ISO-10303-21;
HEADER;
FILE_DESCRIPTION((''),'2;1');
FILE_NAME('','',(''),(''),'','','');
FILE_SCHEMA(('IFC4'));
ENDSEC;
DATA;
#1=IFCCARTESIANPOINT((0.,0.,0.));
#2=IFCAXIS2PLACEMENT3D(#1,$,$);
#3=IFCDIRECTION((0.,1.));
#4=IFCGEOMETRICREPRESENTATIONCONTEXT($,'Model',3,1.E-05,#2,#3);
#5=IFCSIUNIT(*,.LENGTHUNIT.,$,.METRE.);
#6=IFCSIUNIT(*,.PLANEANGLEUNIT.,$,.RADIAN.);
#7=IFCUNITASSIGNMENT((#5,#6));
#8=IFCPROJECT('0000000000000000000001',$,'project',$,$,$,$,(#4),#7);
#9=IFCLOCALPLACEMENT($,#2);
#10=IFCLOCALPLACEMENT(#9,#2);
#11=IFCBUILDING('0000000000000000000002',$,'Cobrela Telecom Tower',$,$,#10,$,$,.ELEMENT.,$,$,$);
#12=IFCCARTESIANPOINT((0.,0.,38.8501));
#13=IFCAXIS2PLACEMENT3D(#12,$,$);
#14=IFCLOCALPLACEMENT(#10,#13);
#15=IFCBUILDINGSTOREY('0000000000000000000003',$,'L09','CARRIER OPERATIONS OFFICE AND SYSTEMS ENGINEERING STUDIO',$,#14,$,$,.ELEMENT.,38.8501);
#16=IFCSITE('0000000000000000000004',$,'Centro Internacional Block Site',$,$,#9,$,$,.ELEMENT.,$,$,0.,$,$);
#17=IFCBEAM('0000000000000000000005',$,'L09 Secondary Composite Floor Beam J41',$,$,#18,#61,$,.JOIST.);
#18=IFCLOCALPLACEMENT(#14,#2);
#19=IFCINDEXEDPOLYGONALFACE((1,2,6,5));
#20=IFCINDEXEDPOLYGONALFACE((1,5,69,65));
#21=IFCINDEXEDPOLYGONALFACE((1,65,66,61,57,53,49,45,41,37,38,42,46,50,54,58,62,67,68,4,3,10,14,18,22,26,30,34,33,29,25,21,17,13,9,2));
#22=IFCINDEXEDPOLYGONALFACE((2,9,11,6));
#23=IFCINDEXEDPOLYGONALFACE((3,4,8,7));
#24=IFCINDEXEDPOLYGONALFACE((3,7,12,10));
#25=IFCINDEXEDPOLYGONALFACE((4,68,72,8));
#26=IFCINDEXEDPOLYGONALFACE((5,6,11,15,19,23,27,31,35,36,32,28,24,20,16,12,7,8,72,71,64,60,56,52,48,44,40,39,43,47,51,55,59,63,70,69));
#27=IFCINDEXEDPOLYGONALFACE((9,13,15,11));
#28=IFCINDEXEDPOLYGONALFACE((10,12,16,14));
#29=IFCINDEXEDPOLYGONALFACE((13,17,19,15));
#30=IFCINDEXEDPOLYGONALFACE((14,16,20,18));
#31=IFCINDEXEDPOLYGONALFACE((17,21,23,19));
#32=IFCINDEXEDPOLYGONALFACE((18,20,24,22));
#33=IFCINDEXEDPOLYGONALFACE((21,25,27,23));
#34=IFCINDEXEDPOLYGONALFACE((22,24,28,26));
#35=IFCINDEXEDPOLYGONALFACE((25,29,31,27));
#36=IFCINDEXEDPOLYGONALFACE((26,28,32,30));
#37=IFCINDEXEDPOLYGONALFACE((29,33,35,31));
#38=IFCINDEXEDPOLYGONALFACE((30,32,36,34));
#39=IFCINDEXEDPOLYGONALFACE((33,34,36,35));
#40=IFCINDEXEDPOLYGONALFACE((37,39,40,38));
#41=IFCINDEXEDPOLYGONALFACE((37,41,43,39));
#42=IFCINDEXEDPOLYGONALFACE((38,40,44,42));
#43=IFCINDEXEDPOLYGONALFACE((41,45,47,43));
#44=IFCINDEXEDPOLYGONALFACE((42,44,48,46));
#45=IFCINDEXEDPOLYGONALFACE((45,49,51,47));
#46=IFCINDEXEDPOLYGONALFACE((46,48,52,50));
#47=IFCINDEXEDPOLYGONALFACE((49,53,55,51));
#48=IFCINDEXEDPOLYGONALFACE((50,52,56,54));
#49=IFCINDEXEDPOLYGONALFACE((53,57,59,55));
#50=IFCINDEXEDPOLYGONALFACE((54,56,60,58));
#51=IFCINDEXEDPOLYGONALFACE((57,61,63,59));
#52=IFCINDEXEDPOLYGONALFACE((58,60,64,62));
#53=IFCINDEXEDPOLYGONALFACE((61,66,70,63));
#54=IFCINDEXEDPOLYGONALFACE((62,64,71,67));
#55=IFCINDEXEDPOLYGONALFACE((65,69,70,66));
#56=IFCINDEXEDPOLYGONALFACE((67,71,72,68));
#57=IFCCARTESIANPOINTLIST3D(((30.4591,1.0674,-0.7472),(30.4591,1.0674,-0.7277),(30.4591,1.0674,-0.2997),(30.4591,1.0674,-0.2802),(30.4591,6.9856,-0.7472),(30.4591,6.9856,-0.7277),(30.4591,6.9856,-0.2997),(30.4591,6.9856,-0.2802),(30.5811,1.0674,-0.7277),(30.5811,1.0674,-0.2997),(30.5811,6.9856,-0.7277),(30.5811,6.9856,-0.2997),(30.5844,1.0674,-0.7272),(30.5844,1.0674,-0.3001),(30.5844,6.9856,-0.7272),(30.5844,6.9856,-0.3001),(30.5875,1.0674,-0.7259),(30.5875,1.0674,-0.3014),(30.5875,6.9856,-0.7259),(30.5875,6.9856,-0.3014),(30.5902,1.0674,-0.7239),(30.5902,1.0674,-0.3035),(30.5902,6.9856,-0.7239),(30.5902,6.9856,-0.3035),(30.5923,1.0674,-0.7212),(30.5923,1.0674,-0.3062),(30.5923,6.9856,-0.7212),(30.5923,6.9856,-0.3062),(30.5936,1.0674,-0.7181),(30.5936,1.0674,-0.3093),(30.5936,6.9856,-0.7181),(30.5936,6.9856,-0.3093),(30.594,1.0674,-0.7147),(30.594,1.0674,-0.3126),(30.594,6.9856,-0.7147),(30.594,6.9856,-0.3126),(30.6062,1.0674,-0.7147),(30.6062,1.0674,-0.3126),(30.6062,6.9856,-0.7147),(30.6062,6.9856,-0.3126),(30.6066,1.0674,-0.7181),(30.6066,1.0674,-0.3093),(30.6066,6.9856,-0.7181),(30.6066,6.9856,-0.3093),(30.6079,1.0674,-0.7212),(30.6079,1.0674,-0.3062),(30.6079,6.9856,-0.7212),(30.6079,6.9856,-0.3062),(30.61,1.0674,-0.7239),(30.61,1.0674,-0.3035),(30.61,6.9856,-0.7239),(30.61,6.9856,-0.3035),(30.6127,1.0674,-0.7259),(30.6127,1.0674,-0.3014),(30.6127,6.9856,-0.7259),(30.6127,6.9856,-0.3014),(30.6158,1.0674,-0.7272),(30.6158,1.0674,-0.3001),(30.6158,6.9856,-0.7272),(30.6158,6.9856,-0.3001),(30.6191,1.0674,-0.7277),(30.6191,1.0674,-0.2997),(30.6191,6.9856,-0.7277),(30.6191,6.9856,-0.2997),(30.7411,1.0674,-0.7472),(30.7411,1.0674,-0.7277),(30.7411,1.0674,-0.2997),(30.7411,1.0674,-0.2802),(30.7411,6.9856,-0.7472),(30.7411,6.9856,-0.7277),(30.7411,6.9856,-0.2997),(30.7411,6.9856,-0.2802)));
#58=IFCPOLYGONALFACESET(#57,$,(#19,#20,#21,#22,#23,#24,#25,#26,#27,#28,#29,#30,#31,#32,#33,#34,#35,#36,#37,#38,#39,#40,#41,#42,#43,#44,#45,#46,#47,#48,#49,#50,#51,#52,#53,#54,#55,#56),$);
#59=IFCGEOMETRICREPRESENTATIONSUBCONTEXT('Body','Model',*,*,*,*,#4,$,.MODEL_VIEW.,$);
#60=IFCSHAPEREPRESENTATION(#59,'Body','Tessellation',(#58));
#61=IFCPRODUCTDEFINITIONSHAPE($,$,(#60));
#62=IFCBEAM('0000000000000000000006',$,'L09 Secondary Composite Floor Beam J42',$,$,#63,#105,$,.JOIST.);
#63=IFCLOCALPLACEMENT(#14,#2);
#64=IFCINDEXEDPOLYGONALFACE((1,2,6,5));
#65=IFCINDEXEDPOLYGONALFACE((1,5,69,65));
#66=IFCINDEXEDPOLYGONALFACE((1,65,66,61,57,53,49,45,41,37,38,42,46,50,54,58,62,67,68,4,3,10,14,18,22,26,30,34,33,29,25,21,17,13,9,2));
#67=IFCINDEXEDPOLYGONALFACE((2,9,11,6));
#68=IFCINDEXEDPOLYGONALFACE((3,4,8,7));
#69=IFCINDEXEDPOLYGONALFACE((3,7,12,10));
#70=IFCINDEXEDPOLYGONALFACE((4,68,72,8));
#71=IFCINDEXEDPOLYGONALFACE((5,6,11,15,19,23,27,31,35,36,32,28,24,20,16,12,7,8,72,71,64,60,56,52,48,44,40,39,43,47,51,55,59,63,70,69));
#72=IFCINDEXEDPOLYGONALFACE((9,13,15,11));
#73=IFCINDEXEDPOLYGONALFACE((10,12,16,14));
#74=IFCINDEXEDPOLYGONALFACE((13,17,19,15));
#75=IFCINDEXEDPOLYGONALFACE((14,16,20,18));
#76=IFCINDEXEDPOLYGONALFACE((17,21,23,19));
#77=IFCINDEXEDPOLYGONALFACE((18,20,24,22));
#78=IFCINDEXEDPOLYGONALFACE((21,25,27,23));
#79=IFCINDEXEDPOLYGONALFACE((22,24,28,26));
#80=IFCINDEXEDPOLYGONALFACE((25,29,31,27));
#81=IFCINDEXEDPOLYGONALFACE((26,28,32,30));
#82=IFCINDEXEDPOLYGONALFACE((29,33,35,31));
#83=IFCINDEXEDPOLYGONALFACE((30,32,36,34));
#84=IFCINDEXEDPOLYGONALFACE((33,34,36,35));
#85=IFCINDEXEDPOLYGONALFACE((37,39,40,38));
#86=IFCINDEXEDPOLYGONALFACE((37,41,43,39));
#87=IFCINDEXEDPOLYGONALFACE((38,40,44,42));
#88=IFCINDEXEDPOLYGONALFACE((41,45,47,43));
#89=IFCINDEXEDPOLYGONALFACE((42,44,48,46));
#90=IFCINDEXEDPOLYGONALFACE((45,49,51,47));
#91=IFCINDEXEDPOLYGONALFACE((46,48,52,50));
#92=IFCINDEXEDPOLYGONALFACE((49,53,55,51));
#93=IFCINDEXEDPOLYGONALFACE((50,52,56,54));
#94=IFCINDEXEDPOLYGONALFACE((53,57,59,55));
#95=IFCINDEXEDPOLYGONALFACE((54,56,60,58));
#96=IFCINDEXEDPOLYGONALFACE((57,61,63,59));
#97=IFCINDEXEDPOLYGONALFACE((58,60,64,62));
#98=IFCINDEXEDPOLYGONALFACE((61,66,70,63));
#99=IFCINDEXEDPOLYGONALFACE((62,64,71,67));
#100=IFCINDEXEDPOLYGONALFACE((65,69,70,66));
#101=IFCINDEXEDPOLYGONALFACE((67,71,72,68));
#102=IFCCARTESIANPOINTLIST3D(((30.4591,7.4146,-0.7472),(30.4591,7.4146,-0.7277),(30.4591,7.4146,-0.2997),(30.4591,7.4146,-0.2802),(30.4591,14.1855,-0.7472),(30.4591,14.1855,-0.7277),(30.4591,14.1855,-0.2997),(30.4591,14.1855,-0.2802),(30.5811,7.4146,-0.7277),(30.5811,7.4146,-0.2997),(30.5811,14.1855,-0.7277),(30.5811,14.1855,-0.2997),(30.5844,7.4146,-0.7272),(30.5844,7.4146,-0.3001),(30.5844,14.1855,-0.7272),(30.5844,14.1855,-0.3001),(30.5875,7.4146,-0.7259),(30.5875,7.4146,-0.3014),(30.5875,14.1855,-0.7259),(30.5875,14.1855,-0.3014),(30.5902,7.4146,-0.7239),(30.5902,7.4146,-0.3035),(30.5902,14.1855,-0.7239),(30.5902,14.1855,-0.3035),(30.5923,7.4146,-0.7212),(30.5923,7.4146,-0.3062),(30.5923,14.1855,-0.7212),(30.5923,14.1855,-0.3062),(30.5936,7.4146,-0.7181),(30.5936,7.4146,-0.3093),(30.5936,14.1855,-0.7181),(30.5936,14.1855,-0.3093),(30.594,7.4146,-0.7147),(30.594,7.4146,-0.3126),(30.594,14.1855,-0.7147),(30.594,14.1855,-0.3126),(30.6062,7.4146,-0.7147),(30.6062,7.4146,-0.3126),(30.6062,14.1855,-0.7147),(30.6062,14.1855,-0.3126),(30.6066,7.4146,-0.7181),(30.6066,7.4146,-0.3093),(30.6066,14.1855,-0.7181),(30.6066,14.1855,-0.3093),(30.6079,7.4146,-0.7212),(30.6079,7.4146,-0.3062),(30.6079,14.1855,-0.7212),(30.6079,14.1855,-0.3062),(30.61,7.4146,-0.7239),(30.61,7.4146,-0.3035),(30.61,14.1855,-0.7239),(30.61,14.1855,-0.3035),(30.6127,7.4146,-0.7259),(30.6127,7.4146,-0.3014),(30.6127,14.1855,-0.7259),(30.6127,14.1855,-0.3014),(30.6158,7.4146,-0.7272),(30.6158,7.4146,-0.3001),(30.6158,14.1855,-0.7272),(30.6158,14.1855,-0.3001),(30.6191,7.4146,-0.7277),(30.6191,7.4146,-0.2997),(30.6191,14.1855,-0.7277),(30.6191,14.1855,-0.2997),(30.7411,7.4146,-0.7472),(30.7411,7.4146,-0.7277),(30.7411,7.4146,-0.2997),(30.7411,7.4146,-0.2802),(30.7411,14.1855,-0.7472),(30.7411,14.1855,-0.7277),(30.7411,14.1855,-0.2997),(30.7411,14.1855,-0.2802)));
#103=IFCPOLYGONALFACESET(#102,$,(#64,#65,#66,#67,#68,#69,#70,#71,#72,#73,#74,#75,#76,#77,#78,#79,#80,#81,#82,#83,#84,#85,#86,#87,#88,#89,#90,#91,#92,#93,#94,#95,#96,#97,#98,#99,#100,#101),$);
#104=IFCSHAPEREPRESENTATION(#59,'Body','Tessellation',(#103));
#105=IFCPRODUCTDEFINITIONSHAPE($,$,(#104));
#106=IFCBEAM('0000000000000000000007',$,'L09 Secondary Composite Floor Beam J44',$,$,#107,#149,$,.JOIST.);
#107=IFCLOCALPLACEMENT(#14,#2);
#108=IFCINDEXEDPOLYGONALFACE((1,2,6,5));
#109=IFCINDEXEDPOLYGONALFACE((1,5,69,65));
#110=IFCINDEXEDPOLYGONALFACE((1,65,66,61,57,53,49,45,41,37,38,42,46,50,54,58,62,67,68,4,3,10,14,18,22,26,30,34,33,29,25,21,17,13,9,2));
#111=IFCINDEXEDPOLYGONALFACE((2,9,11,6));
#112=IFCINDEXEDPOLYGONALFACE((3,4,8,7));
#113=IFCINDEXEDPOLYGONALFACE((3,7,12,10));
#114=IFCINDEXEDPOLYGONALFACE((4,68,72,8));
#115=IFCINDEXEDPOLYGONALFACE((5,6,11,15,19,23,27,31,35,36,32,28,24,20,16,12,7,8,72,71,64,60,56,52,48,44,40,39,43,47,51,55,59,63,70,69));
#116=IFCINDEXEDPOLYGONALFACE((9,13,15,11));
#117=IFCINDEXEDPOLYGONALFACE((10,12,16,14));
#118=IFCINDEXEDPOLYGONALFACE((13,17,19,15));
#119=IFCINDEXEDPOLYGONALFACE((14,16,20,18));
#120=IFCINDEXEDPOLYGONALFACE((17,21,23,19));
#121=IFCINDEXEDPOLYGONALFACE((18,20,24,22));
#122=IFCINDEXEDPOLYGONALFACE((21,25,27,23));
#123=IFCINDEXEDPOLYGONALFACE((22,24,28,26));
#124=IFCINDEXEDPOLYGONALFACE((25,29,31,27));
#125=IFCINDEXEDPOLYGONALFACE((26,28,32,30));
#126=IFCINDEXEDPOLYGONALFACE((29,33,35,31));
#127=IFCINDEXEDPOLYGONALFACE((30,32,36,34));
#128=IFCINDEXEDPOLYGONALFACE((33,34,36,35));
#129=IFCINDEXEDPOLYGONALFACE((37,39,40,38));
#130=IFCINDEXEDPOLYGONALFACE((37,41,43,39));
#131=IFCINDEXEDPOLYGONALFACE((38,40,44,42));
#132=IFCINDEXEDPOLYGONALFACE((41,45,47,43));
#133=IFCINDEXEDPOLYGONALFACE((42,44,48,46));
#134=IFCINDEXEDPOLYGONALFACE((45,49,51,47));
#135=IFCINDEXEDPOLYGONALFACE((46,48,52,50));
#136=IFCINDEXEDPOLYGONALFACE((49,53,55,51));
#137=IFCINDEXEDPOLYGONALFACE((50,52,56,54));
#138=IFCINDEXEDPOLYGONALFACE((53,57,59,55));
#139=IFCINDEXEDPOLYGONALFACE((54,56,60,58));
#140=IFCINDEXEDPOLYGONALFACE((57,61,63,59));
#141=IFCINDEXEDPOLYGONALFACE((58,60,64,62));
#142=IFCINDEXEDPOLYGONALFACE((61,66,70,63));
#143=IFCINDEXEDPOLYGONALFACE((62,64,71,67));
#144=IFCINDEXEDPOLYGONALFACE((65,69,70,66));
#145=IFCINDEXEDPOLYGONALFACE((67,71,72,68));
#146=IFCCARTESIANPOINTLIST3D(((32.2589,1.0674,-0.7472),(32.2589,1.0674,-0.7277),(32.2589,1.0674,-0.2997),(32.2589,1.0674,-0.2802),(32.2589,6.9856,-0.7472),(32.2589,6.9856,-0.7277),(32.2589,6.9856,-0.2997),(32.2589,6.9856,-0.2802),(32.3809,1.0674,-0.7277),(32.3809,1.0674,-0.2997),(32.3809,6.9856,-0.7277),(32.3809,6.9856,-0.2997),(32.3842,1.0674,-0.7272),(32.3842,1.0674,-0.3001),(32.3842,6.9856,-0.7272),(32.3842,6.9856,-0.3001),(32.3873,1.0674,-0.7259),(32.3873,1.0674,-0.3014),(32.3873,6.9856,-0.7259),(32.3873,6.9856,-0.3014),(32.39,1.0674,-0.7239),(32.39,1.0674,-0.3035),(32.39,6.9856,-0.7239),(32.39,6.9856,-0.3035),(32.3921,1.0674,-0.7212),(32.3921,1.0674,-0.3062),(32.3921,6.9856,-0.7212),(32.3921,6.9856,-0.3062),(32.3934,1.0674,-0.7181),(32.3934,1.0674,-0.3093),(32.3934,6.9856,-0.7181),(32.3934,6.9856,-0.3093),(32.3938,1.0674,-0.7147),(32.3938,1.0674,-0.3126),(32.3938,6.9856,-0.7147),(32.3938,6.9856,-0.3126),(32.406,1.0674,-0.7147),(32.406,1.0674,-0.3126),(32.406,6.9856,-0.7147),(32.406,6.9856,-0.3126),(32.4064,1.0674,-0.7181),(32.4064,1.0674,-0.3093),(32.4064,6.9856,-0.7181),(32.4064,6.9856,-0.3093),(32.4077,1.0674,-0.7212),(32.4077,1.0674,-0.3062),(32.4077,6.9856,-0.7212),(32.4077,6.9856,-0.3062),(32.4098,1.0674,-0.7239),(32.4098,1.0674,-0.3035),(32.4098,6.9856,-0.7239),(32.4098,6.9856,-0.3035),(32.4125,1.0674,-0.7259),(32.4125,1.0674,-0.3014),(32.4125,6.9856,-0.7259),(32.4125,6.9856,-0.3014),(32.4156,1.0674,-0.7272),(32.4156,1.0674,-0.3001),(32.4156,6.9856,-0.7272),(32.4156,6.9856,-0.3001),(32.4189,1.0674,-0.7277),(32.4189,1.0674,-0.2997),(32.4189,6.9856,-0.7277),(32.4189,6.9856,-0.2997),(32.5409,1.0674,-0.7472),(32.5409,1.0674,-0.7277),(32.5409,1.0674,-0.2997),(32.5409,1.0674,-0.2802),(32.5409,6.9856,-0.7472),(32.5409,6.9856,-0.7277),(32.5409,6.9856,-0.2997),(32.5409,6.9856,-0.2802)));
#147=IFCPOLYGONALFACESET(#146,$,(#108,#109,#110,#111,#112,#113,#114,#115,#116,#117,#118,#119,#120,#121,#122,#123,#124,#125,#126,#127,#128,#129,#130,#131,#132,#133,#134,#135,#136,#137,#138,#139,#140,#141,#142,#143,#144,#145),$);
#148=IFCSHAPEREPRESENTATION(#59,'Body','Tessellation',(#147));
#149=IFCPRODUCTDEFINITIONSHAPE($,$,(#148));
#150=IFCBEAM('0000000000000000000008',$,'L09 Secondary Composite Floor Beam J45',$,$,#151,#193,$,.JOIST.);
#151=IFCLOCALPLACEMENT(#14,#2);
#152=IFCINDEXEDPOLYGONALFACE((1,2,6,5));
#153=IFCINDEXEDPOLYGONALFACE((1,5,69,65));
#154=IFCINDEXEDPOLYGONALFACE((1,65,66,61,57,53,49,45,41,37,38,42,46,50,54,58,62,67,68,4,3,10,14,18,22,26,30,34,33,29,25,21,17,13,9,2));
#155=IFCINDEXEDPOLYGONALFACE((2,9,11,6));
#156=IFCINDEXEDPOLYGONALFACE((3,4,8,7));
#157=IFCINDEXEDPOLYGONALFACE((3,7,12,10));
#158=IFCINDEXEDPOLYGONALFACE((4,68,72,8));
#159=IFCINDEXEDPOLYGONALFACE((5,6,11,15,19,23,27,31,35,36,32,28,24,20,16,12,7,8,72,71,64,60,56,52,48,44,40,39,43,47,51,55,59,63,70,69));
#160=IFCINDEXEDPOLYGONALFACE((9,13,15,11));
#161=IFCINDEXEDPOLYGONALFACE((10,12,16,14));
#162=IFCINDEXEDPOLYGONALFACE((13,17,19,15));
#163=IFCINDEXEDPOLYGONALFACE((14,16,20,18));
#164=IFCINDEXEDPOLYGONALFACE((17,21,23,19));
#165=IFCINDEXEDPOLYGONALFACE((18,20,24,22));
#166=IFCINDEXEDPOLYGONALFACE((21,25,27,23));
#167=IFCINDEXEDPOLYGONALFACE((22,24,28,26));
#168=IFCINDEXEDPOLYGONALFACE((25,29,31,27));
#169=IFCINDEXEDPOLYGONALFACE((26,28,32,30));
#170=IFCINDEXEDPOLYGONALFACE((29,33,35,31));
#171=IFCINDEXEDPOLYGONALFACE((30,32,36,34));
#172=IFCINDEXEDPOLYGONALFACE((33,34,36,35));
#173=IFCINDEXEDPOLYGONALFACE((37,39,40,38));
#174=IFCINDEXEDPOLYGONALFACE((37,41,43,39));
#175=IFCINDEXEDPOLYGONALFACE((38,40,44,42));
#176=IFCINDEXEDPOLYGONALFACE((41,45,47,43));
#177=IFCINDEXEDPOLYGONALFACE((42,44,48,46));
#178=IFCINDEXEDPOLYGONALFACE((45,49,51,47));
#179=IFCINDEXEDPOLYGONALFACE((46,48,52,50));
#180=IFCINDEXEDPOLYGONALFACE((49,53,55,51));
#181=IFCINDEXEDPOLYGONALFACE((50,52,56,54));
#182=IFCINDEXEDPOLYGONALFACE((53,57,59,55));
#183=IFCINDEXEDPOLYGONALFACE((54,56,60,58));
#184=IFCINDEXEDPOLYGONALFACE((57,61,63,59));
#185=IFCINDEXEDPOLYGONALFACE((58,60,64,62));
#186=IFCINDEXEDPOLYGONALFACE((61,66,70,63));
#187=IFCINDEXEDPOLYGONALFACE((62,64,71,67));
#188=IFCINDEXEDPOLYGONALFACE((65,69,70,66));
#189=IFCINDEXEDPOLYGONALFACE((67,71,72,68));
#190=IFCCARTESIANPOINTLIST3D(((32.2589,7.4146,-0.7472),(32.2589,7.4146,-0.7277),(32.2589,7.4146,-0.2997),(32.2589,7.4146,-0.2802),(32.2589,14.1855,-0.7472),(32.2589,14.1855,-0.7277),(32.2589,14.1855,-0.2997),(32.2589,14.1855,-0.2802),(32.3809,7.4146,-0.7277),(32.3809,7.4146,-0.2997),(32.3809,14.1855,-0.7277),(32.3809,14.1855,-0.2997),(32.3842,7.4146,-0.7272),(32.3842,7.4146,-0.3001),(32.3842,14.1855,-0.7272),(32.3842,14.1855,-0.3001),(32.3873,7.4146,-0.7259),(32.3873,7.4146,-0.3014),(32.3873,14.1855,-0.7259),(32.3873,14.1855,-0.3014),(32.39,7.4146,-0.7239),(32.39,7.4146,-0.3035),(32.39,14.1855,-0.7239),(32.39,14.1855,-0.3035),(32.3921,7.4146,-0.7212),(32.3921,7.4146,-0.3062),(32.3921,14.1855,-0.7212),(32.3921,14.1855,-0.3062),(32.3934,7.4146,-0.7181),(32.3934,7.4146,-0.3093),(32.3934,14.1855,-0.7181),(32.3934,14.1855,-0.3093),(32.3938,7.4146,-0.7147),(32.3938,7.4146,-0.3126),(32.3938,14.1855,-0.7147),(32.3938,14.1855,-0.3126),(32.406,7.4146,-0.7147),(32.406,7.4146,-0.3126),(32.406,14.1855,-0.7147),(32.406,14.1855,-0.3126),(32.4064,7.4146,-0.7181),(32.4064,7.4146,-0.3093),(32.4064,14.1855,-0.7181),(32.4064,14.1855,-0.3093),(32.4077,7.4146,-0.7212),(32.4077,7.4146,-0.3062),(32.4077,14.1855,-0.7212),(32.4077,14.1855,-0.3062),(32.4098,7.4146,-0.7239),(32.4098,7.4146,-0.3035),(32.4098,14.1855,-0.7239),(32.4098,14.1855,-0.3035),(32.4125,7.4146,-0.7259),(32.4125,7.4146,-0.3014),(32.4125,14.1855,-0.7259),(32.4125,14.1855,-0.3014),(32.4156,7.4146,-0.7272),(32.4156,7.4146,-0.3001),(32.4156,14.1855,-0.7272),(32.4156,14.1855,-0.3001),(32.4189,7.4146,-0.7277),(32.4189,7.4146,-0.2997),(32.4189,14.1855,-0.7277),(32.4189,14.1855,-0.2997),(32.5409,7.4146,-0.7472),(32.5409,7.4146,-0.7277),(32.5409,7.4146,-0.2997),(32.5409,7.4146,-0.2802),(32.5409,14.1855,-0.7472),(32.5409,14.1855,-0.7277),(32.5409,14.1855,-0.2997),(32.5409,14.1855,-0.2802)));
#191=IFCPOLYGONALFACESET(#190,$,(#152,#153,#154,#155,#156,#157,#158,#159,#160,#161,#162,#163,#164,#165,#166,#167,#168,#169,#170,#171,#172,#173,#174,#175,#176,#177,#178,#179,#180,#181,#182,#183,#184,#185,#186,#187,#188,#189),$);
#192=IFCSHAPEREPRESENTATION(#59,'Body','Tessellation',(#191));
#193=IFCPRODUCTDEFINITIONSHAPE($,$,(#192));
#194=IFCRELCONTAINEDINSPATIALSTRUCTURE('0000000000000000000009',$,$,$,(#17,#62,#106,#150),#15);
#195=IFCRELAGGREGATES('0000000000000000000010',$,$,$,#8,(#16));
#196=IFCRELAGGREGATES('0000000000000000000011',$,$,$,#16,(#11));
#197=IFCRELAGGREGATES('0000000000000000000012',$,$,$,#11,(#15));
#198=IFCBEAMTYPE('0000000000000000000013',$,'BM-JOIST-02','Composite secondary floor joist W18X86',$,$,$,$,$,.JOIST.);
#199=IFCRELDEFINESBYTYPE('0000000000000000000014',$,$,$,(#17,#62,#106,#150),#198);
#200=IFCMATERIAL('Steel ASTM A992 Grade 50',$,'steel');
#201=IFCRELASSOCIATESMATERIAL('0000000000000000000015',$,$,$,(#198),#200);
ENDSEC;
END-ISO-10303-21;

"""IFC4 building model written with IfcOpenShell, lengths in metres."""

from ifc_helpers import new_model, si_unit, direction, frame, origin, origin_2d, place, context, subcontext, project, spatial, i_section, extrude, material, material_profile, profile_set, type_object, element, save


model = new_model("IFC4")

# Units and contexts
model_context = context("Model", 3, precision=1e-05, world=origin(), true_north=direction((0.0, 1.0)))
body_context = subcontext(model_context, "Body", "Model", "MODEL_VIEW")
ifc_project = project(units=[si_unit("LENGTHUNIT", "METRE"), si_unit("PLANEANGLEUNIT", "RADIAN")], contexts=[model_context])

# Site, building, storey
site_placement = place(None, origin())
site = spatial("IfcSite", under=ifc_project, at=site_placement, Name="Centro Internacional Block Site", CompositionType="ELEMENT", RefElevation=0.0)
building_placement = place(site_placement, origin())
building = spatial("IfcBuilding", under=site, at=building_placement, Name="Cobrela Telecom Tower", CompositionType="ELEMENT")
storey_placement = place(building_placement, frame((0.0, 0.0, 38.8501)))
storey = spatial("IfcBuildingStorey", under=building, at=storey_placement, Name="L09", Description="CARRIER OPERATIONS OFFICE AND SYSTEMS ENGINEERING STUDIO", CompositionType="ELEMENT", Elevation=38.8501)

# Shared definitions
ifc_material_1 = material(Name="Steel ASTM A992 Grade 50", Category="steel")

# Beams
ifc_material_profile_1 = material_profile(ifc_material_1, i_section(OverallWidth=0.282, OverallDepth=0.467, WebThickness=0.0122, FlangeThickness=0.0195, FilletRadius=0.0129, at=origin_2d()), Name="W18X86")
ifc_profile_set_1 = profile_set([ifc_material_profile_1], Name="Steel ASTM A992 Grade 50")
beam_type_1 = type_object("IfcBeamType", Name="BM-JOIST-02", Description="Composite secondary floor joist W18X86", PredefinedType="JOIST", material=ifc_profile_set_1)
beam_1_placement = place(storey_placement, frame((30.6001, 1.0674, -0.5137), z_axis=(0.0, 1.0, 0.0), x_axis=(-1.0, 0.0, 0.0)))
element("IfcBeam", 1, at=beam_1_placement, inside=storey, type_object=beam_type_1, Name="L09 Secondary Composite Floor Beam J41", PredefinedType="JOIST", context=body_context, shape_type="SweptSolid", body=[
    extrude(i_section(OverallWidth=0.282, OverallDepth=0.467, WebThickness=0.0122, FlangeThickness=0.0195, FilletRadius=0.0129, at=origin_2d()), origin(), (0.0, 0.0, 1.0), 5.9182),
])
beam_2_placement = place(storey_placement, frame((30.6001, 7.4146, -0.5137), z_axis=(0.0, 1.0, 0.0), x_axis=(-1.0, 0.0, 0.0)))
element("IfcBeam", 2, at=beam_2_placement, inside=storey, type_object=beam_type_1, Name="L09 Secondary Composite Floor Beam J42", PredefinedType="JOIST", context=body_context, shape_type="SweptSolid", body=[
    extrude(i_section(OverallWidth=0.282, OverallDepth=0.467, WebThickness=0.0122, FlangeThickness=0.0195, FilletRadius=0.0129, at=origin_2d()), origin(), (0.0, 0.0, 1.0), 6.771),
])
beam_3_placement = place(storey_placement, frame((32.3999, 1.0674, -0.5137), z_axis=(0.0, 1.0, 0.0), x_axis=(-1.0, 0.0, 0.0)))
element("IfcBeam", 3, at=beam_3_placement, inside=storey, type_object=beam_type_1, Name="L09 Secondary Composite Floor Beam J44", PredefinedType="JOIST", context=body_context, shape_type="SweptSolid", body=[
    extrude(i_section(OverallWidth=0.282, OverallDepth=0.467, WebThickness=0.0122, FlangeThickness=0.0195, FilletRadius=0.0129, at=origin_2d()), origin(), (0.0, 0.0, 1.0), 5.9182),
])
beam_4_placement = place(storey_placement, frame((32.3999, 7.4146, -0.5137), z_axis=(0.0, 1.0, 0.0), x_axis=(-1.0, 0.0, 0.0)))
element("IfcBeam", 4, at=beam_4_placement, inside=storey, type_object=beam_type_1, Name="L09 Secondary Composite Floor Beam J45", PredefinedType="JOIST", context=body_context, shape_type="SweptSolid", body=[
    extrude(i_section(OverallWidth=0.282, OverallDepth=0.467, WebThickness=0.0122, FlangeThickness=0.0195, FilletRadius=0.0129, at=origin_2d()), origin(), (0.0, 0.0, 1.0), 6.771),
])

save(model, "model.ifc")
